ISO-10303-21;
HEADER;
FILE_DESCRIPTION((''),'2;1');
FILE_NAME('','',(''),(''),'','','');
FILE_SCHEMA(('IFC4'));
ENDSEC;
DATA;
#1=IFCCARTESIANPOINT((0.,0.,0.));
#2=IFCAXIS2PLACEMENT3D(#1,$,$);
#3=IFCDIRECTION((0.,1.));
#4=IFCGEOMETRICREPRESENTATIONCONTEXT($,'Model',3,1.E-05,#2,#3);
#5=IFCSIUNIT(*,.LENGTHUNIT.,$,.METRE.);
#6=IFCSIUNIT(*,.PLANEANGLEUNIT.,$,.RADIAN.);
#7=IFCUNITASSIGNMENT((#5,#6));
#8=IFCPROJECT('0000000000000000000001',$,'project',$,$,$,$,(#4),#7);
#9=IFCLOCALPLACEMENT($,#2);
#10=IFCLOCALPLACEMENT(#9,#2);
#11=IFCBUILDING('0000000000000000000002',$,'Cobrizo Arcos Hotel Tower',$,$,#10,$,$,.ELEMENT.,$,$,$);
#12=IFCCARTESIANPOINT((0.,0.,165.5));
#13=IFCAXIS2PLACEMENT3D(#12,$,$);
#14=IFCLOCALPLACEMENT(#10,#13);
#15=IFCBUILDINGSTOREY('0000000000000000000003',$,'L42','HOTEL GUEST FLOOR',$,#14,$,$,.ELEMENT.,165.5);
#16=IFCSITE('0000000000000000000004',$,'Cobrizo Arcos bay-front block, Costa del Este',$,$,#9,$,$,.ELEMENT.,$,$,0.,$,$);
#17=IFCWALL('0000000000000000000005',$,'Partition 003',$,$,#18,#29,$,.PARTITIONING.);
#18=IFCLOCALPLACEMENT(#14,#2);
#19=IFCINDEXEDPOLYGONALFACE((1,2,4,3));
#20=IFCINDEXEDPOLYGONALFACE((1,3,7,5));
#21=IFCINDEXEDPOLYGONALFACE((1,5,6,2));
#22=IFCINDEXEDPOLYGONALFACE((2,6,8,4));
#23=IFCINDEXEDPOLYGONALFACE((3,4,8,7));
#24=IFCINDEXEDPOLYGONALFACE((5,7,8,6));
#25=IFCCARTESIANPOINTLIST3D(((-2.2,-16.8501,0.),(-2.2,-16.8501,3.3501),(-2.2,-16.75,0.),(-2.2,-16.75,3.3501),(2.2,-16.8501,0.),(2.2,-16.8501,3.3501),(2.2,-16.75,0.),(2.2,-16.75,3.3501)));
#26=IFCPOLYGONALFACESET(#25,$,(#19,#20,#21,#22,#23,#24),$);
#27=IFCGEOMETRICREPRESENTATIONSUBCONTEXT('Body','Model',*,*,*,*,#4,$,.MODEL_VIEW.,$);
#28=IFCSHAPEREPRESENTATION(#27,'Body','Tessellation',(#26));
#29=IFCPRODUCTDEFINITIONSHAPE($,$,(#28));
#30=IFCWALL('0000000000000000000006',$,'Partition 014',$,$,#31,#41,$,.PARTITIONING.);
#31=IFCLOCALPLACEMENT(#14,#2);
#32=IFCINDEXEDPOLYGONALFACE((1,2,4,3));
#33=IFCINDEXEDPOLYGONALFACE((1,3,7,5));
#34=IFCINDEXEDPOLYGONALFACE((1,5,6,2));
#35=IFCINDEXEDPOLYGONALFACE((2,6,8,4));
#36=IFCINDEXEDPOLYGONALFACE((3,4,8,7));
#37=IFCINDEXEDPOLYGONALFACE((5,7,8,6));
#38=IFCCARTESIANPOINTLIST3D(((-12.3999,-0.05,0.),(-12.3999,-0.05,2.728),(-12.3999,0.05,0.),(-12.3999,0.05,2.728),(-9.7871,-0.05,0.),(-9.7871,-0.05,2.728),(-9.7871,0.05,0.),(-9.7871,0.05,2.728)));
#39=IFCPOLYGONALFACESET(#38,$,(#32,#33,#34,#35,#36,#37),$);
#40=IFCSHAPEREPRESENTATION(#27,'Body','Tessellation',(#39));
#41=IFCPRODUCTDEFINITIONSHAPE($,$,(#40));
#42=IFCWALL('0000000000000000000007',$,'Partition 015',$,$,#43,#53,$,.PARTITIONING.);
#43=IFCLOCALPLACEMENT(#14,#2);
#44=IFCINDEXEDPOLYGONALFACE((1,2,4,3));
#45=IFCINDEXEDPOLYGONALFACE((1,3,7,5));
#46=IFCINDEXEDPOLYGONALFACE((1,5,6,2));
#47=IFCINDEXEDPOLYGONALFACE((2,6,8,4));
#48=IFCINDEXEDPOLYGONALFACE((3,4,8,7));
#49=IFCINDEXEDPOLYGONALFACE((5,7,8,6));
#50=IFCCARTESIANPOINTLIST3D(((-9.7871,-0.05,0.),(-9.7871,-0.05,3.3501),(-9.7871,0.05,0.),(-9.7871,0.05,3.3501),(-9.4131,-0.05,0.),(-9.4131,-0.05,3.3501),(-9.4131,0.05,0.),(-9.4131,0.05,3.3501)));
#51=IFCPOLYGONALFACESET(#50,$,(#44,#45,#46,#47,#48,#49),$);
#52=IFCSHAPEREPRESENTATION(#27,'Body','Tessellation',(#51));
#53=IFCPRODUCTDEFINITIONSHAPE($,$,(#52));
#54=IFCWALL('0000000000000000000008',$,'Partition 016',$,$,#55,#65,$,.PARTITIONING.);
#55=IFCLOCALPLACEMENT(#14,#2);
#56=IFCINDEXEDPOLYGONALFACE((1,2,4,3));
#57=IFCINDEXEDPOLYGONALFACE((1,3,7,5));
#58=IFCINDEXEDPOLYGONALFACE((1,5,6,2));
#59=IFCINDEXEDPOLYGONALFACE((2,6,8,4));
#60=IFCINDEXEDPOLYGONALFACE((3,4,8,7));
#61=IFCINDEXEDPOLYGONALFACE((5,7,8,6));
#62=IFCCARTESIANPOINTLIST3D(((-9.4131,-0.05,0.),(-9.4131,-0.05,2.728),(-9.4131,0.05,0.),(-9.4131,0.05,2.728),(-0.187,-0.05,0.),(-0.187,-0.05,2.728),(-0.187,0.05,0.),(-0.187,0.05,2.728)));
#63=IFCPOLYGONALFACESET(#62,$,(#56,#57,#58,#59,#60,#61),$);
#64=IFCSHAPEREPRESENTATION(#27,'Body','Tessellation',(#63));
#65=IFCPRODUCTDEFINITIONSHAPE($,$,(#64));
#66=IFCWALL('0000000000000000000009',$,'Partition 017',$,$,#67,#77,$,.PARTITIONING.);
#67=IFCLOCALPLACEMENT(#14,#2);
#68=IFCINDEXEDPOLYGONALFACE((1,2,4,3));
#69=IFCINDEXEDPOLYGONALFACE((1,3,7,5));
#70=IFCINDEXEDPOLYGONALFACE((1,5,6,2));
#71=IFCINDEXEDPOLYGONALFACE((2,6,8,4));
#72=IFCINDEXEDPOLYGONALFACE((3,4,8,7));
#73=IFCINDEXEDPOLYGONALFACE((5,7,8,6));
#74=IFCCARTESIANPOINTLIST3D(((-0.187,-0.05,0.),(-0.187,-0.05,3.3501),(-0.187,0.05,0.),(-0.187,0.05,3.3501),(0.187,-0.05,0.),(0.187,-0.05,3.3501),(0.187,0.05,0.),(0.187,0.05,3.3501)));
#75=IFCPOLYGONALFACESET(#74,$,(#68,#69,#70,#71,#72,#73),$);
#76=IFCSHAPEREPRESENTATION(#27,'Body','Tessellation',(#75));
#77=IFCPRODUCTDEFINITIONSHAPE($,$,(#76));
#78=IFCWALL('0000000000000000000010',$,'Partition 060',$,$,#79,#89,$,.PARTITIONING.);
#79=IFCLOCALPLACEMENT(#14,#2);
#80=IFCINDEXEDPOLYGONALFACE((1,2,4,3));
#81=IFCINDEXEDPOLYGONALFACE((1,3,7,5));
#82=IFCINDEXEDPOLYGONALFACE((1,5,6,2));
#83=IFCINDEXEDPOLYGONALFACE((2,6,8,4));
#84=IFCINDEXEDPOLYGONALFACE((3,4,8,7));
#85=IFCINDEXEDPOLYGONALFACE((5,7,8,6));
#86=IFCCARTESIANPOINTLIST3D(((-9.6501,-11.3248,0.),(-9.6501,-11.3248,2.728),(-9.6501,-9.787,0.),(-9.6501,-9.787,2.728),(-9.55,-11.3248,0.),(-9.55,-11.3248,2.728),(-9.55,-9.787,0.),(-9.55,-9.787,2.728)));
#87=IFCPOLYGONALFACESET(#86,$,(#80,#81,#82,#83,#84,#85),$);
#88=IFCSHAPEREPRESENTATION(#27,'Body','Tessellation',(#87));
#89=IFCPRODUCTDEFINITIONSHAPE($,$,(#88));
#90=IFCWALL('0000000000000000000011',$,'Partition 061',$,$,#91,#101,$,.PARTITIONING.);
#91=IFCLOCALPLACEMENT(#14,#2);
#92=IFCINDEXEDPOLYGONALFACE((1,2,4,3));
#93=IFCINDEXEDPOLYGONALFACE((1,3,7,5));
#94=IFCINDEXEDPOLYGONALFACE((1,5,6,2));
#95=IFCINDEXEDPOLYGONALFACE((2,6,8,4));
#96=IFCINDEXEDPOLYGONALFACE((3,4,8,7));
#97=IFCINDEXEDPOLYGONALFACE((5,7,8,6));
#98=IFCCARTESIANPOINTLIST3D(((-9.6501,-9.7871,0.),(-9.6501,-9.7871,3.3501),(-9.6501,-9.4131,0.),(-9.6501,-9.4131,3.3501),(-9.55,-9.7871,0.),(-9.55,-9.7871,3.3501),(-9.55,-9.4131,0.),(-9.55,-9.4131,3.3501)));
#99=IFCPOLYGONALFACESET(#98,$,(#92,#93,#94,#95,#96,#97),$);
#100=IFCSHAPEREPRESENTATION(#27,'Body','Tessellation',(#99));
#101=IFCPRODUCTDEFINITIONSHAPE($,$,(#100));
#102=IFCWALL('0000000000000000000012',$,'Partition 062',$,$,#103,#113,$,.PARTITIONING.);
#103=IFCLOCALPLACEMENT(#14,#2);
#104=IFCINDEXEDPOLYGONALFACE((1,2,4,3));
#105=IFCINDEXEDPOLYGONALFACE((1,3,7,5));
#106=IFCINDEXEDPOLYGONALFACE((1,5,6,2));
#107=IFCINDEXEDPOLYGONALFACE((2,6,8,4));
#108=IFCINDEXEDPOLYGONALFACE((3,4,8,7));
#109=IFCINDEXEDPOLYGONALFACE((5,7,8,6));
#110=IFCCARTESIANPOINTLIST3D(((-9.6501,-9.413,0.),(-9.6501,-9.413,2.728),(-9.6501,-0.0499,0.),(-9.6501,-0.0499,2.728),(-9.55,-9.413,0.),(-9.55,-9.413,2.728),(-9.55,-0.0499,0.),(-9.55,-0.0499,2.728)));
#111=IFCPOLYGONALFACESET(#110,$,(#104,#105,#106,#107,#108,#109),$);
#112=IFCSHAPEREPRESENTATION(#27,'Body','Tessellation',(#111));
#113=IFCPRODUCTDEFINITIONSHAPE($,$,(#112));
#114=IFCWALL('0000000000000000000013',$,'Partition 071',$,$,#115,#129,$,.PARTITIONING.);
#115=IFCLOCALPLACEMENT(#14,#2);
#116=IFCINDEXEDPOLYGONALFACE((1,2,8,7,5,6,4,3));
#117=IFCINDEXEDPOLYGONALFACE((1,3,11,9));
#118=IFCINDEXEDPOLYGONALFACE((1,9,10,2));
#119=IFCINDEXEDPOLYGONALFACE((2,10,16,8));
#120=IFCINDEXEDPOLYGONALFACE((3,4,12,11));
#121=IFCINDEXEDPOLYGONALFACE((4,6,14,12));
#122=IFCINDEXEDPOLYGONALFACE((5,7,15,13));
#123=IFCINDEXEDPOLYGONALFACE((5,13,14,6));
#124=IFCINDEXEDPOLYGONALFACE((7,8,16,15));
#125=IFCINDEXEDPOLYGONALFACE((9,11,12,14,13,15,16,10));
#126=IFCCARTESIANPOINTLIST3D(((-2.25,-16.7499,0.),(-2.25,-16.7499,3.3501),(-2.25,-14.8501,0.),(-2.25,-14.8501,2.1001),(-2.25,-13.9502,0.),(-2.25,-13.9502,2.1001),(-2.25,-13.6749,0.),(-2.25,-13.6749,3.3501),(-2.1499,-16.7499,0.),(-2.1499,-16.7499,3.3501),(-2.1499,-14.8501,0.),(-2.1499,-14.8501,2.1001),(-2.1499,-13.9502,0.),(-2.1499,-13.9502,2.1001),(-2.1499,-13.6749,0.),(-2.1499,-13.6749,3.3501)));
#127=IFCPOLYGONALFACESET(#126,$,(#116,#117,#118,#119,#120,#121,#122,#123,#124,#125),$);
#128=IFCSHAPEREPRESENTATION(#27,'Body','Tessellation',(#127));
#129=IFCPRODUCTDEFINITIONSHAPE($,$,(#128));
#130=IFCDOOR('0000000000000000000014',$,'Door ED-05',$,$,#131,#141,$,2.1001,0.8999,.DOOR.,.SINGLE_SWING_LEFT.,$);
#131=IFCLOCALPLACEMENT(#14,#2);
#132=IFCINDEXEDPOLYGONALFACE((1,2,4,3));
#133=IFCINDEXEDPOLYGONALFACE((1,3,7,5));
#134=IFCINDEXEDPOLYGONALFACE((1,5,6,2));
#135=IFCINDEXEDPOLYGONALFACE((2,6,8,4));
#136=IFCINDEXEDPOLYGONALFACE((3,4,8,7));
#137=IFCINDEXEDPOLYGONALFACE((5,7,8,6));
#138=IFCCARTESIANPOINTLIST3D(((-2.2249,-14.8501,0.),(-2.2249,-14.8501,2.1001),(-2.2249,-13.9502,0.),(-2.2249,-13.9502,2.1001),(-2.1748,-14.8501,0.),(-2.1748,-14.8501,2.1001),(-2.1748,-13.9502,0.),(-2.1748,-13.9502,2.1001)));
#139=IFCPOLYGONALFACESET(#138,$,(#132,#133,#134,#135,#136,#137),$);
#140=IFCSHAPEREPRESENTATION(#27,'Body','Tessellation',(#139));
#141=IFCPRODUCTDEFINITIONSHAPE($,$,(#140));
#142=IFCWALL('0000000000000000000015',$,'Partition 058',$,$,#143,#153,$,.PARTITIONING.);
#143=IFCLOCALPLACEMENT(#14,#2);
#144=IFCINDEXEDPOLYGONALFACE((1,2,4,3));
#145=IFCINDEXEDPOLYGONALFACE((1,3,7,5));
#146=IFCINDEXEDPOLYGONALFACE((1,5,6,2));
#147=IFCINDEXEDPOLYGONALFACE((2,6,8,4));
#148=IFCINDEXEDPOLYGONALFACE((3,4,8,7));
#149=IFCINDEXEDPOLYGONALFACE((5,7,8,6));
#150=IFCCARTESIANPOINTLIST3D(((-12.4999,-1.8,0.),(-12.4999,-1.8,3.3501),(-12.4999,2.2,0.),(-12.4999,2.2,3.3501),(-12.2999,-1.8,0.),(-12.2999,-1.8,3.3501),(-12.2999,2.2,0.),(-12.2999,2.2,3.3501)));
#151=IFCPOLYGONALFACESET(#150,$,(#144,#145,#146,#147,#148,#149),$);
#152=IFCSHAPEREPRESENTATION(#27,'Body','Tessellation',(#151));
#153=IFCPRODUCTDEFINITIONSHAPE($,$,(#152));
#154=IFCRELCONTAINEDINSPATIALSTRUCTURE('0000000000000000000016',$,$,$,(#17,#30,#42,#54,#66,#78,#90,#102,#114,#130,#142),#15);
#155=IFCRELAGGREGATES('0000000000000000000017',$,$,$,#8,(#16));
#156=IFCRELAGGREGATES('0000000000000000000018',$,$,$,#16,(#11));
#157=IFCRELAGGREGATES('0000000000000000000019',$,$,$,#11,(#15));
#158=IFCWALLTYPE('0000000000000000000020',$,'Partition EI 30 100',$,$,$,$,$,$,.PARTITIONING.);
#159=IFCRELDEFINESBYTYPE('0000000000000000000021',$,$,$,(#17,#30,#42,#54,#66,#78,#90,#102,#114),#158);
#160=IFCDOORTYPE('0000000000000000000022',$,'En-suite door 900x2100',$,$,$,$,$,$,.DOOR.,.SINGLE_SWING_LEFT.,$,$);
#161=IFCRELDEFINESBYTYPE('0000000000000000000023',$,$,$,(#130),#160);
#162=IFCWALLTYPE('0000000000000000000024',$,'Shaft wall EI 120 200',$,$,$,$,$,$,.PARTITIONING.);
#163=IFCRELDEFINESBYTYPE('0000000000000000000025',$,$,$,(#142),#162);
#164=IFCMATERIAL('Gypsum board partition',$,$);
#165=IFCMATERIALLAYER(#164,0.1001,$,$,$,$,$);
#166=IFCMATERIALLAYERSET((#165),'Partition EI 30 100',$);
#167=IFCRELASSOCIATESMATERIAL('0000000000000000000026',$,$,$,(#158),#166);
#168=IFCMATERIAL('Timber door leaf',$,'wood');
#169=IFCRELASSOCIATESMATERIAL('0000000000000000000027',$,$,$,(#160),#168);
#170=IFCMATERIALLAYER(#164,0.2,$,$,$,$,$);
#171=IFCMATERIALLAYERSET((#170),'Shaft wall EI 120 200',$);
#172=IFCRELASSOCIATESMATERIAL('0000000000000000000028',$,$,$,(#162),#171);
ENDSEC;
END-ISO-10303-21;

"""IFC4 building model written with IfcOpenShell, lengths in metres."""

from ifc_helpers import new_model, si_unit, direction, frame, frame_2d, origin, place, context, subcontext, project, spatial, rectangle, extrude, material, layer, layer_set, type_object, element, fill, save


model = new_model("IFC4")

# Units and contexts
model_context = context("Model", 3, precision=1e-05, world=origin(), true_north=direction((0.0, 1.0)))
body_context = subcontext(model_context, "Body", "Model", "MODEL_VIEW")
ifc_project = project(units=[si_unit("LENGTHUNIT", "METRE"), si_unit("PLANEANGLEUNIT", "RADIAN")], contexts=[model_context])

# Site, building, storey
site_placement = place(None, origin())
site = spatial("IfcSite", under=ifc_project, at=site_placement, Name="Cobrizo Arcos bay-front block, Costa del Este", CompositionType="ELEMENT", RefElevation=0.0)
building_placement = place(site_placement, origin())
building = spatial("IfcBuilding", under=site, at=building_placement, Name="Cobrizo Arcos Hotel Tower", CompositionType="ELEMENT")
storey_placement = place(building_placement, frame((0.0, 0.0, 165.5)))
storey = spatial("IfcBuildingStorey", under=building, at=storey_placement, Name="L42", Description="HOTEL GUEST FLOOR", CompositionType="ELEMENT", Elevation=165.5)

# Shared definitions
ifc_material_1 = material(Name="Gypsum board partition")

# Shared definitions
ifc_material_2 = material(Name="Timber door leaf", Category="wood")

# Walls
ifc_layer_1 = layer(ifc_material_1, 0.1001)
ifc_layer_set_1 = layer_set([ifc_layer_1], Name="Partition EI 30 100")
wall_type_1 = type_object("IfcWallType", Name="Partition EI 30 100", PredefinedType="PARTITIONING", material=ifc_layer_set_1)
wall_1_placement = place(storey_placement, frame((-2.2, -16.8, 0.0), z_axis=(0.0, 0.0, 1.0), x_axis=(1.0, 0.0, 0.0)))
element("IfcWall", 1, at=wall_1_placement, inside=storey, type_object=wall_type_1, Name="Partition 003", PredefinedType="PARTITIONING", context=body_context, shape_type="SweptSolid", body=[
    extrude(rectangle(XDim=4.3999, YDim=0.1001, at=frame_2d((2.2, 0.0))), origin(), (0.0, 0.0, 1.0), 3.3501),
])
wall_2_placement = place(storey_placement, frame((-12.3999, 0.0, 0.0), z_axis=(0.0, 0.0, 1.0), x_axis=(1.0, 0.0, 0.0)))
element("IfcWall", 2, at=wall_2_placement, inside=storey, type_object=wall_type_1, Name="Partition 014", PredefinedType="PARTITIONING", context=body_context, shape_type="SweptSolid", body=[
    extrude(rectangle(XDim=2.6128, YDim=0.1001, at=frame_2d((1.3064, 0.0))), origin(), (0.0, 0.0, 1.0), 2.728),
])
wall_3_placement = place(storey_placement, frame((-9.7871, 0.0, 0.0), z_axis=(0.0, 0.0, 1.0), x_axis=(1.0, 0.0, 0.0)))
element("IfcWall", 3, at=wall_3_placement, inside=storey, type_object=wall_type_1, Name="Partition 015", PredefinedType="PARTITIONING", context=body_context, shape_type="SweptSolid", body=[
    extrude(rectangle(XDim=0.374, YDim=0.1001, at=frame_2d((0.187, 0.0))), origin(), (0.0, 0.0, 1.0), 3.3501),
])
wall_4_placement = place(storey_placement, frame((-9.4131, 0.0, 0.0), z_axis=(0.0, 0.0, 1.0), x_axis=(1.0, 0.0, 0.0)))
element("IfcWall", 4, at=wall_4_placement, inside=storey, type_object=wall_type_1, Name="Partition 016", PredefinedType="PARTITIONING", context=body_context, shape_type="SweptSolid", body=[
    extrude(rectangle(XDim=9.2261, YDim=0.1001, at=frame_2d((4.613, 0.0))), origin(), (0.0, 0.0, 1.0), 2.728),
])
wall_5_placement = place(storey_placement, frame((-0.187, 0.0, 0.0), z_axis=(0.0, 0.0, 1.0), x_axis=(1.0, 0.0, 0.0)))
element("IfcWall", 5, at=wall_5_placement, inside=storey, type_object=wall_type_1, Name="Partition 017", PredefinedType="PARTITIONING", context=body_context, shape_type="SweptSolid", body=[
    extrude(rectangle(XDim=0.374, YDim=0.1001, at=frame_2d((0.187, 0.0))), origin(), (0.0, 0.0, 1.0), 3.3501),
])
wall_6_placement = place(storey_placement, frame((-9.6001, -11.325, 0.0), z_axis=(0.0, 0.0, 1.0), x_axis=(0.0, 1.0, 0.0)))
element("IfcWall", 6, at=wall_6_placement, inside=storey, type_object=wall_type_1, Name="Partition 060", PredefinedType="PARTITIONING", context=body_context, shape_type="SweptSolid", body=[
    extrude(rectangle(XDim=1.5378, YDim=0.1001, at=frame_2d((0.769, 0.0))), origin(), (0.0, 0.0, 1.0), 2.728),
])
wall_7_placement = place(storey_placement, frame((-9.6001, -9.7871, 0.0), z_axis=(0.0, 0.0, 1.0), x_axis=(0.0, 1.0, 0.0)))
element("IfcWall", 7, at=wall_7_placement, inside=storey, type_object=wall_type_1, Name="Partition 061", PredefinedType="PARTITIONING", context=body_context, shape_type="SweptSolid", body=[
    extrude(rectangle(XDim=0.374, YDim=0.1001, at=frame_2d((0.187, 0.0))), origin(), (0.0, 0.0, 1.0), 3.3501),
])
wall_8_placement = place(storey_placement, frame((-9.6001, -9.4131, 0.0), z_axis=(0.0, 0.0, 1.0), x_axis=(0.0, 1.0, 0.0)))
element("IfcWall", 8, at=wall_8_placement, inside=storey, type_object=wall_type_1, Name="Partition 062", PredefinedType="PARTITIONING", context=body_context, shape_type="SweptSolid", body=[
    extrude(rectangle(XDim=9.363, YDim=0.1001, at=frame_2d((4.6816, 0.0))), origin(), (0.0, 0.0, 1.0), 2.728),
])

# Wall, opening, door
wall_9_placement = place(storey_placement, frame((-2.2, -16.75, 0.0), z_axis=(0.0, 0.0, 1.0), x_axis=(0.0, 1.0, 0.0)))
wall_9 = element("IfcWall", 9, at=wall_9_placement, inside=storey, type_object=wall_type_1, Name="Partition 071", PredefinedType="PARTITIONING", context=body_context, shape_type="SweptSolid", body=[
    extrude(rectangle(XDim=3.075, YDim=0.1001, at=frame_2d((1.5376, 0.0))), origin(), (0.0, 0.0, 1.0), 3.3501),
])
opening_1_placement = place(wall_9_placement, frame((1.8999, 0.0, 0.0)))
opening_1 = element("IfcOpeningElement", 10, at=opening_1_placement, cuts=wall_9, PredefinedType="OPENING", context=body_context, shape_type="SweptSolid", body=[
    extrude(rectangle(XDim=0.8999, YDim=2.1001, at=frame_2d((0.45, 1.05))), frame((0.0, 0.062, 0.0), z_axis=(0.0, -1.0, 0.0), x_axis=(1.0, 0.0, 0.0)), (0.0, 0.0, 1.0), 0.124),
])
door_type_1 = type_object("IfcDoorType", Name="En-suite door 900x2100", OperationType="SINGLE_SWING_LEFT", PredefinedType="DOOR", material=ifc_material_2)
door_1_placement = place(opening_1_placement, origin())
door_1 = element("IfcDoor", 11, at=door_1_placement, inside=storey, type_object=door_type_1, Name="Door ED-05", OperationType="SINGLE_SWING_LEFT", OverallHeight=2.1001, OverallWidth=0.8999, PredefinedType="DOOR", context=body_context, shape_type="SweptSolid", body=[
    extrude(rectangle(XDim=0.8999, YDim=2.1001, at=frame_2d((0.45, 1.05))), frame((0.0, 0.0249, 0.0), z_axis=(0.0, -1.0, 0.0), x_axis=(1.0, 0.0, 0.0)), (0.0, 0.0, 1.0), 0.05),
])
fill(opening_1, door_1)

# Wall
ifc_layer_2 = layer(ifc_material_1, 0.2)
ifc_layer_set_2 = layer_set([ifc_layer_2], Name="Shaft wall EI 120 200")
wall_type_2 = type_object("IfcWallType", Name="Shaft wall EI 120 200", PredefinedType="PARTITIONING", material=ifc_layer_set_2)
wall_10_placement = place(storey_placement, frame((-12.3999, -1.8, 0.0), z_axis=(0.0, 0.0, 1.0), x_axis=(0.0, 1.0, 0.0)))
element("IfcWall", 12, at=wall_10_placement, inside=storey, type_object=wall_type_2, Name="Partition 058", PredefinedType="PARTITIONING", context=body_context, shape_type="SweptSolid", body=[
    extrude(rectangle(XDim=4.0, YDim=0.2, at=frame_2d((2.0, 0.0))), origin(), (0.0, 0.0, 1.0), 3.3501),
])

save(model, "model.ifc")
